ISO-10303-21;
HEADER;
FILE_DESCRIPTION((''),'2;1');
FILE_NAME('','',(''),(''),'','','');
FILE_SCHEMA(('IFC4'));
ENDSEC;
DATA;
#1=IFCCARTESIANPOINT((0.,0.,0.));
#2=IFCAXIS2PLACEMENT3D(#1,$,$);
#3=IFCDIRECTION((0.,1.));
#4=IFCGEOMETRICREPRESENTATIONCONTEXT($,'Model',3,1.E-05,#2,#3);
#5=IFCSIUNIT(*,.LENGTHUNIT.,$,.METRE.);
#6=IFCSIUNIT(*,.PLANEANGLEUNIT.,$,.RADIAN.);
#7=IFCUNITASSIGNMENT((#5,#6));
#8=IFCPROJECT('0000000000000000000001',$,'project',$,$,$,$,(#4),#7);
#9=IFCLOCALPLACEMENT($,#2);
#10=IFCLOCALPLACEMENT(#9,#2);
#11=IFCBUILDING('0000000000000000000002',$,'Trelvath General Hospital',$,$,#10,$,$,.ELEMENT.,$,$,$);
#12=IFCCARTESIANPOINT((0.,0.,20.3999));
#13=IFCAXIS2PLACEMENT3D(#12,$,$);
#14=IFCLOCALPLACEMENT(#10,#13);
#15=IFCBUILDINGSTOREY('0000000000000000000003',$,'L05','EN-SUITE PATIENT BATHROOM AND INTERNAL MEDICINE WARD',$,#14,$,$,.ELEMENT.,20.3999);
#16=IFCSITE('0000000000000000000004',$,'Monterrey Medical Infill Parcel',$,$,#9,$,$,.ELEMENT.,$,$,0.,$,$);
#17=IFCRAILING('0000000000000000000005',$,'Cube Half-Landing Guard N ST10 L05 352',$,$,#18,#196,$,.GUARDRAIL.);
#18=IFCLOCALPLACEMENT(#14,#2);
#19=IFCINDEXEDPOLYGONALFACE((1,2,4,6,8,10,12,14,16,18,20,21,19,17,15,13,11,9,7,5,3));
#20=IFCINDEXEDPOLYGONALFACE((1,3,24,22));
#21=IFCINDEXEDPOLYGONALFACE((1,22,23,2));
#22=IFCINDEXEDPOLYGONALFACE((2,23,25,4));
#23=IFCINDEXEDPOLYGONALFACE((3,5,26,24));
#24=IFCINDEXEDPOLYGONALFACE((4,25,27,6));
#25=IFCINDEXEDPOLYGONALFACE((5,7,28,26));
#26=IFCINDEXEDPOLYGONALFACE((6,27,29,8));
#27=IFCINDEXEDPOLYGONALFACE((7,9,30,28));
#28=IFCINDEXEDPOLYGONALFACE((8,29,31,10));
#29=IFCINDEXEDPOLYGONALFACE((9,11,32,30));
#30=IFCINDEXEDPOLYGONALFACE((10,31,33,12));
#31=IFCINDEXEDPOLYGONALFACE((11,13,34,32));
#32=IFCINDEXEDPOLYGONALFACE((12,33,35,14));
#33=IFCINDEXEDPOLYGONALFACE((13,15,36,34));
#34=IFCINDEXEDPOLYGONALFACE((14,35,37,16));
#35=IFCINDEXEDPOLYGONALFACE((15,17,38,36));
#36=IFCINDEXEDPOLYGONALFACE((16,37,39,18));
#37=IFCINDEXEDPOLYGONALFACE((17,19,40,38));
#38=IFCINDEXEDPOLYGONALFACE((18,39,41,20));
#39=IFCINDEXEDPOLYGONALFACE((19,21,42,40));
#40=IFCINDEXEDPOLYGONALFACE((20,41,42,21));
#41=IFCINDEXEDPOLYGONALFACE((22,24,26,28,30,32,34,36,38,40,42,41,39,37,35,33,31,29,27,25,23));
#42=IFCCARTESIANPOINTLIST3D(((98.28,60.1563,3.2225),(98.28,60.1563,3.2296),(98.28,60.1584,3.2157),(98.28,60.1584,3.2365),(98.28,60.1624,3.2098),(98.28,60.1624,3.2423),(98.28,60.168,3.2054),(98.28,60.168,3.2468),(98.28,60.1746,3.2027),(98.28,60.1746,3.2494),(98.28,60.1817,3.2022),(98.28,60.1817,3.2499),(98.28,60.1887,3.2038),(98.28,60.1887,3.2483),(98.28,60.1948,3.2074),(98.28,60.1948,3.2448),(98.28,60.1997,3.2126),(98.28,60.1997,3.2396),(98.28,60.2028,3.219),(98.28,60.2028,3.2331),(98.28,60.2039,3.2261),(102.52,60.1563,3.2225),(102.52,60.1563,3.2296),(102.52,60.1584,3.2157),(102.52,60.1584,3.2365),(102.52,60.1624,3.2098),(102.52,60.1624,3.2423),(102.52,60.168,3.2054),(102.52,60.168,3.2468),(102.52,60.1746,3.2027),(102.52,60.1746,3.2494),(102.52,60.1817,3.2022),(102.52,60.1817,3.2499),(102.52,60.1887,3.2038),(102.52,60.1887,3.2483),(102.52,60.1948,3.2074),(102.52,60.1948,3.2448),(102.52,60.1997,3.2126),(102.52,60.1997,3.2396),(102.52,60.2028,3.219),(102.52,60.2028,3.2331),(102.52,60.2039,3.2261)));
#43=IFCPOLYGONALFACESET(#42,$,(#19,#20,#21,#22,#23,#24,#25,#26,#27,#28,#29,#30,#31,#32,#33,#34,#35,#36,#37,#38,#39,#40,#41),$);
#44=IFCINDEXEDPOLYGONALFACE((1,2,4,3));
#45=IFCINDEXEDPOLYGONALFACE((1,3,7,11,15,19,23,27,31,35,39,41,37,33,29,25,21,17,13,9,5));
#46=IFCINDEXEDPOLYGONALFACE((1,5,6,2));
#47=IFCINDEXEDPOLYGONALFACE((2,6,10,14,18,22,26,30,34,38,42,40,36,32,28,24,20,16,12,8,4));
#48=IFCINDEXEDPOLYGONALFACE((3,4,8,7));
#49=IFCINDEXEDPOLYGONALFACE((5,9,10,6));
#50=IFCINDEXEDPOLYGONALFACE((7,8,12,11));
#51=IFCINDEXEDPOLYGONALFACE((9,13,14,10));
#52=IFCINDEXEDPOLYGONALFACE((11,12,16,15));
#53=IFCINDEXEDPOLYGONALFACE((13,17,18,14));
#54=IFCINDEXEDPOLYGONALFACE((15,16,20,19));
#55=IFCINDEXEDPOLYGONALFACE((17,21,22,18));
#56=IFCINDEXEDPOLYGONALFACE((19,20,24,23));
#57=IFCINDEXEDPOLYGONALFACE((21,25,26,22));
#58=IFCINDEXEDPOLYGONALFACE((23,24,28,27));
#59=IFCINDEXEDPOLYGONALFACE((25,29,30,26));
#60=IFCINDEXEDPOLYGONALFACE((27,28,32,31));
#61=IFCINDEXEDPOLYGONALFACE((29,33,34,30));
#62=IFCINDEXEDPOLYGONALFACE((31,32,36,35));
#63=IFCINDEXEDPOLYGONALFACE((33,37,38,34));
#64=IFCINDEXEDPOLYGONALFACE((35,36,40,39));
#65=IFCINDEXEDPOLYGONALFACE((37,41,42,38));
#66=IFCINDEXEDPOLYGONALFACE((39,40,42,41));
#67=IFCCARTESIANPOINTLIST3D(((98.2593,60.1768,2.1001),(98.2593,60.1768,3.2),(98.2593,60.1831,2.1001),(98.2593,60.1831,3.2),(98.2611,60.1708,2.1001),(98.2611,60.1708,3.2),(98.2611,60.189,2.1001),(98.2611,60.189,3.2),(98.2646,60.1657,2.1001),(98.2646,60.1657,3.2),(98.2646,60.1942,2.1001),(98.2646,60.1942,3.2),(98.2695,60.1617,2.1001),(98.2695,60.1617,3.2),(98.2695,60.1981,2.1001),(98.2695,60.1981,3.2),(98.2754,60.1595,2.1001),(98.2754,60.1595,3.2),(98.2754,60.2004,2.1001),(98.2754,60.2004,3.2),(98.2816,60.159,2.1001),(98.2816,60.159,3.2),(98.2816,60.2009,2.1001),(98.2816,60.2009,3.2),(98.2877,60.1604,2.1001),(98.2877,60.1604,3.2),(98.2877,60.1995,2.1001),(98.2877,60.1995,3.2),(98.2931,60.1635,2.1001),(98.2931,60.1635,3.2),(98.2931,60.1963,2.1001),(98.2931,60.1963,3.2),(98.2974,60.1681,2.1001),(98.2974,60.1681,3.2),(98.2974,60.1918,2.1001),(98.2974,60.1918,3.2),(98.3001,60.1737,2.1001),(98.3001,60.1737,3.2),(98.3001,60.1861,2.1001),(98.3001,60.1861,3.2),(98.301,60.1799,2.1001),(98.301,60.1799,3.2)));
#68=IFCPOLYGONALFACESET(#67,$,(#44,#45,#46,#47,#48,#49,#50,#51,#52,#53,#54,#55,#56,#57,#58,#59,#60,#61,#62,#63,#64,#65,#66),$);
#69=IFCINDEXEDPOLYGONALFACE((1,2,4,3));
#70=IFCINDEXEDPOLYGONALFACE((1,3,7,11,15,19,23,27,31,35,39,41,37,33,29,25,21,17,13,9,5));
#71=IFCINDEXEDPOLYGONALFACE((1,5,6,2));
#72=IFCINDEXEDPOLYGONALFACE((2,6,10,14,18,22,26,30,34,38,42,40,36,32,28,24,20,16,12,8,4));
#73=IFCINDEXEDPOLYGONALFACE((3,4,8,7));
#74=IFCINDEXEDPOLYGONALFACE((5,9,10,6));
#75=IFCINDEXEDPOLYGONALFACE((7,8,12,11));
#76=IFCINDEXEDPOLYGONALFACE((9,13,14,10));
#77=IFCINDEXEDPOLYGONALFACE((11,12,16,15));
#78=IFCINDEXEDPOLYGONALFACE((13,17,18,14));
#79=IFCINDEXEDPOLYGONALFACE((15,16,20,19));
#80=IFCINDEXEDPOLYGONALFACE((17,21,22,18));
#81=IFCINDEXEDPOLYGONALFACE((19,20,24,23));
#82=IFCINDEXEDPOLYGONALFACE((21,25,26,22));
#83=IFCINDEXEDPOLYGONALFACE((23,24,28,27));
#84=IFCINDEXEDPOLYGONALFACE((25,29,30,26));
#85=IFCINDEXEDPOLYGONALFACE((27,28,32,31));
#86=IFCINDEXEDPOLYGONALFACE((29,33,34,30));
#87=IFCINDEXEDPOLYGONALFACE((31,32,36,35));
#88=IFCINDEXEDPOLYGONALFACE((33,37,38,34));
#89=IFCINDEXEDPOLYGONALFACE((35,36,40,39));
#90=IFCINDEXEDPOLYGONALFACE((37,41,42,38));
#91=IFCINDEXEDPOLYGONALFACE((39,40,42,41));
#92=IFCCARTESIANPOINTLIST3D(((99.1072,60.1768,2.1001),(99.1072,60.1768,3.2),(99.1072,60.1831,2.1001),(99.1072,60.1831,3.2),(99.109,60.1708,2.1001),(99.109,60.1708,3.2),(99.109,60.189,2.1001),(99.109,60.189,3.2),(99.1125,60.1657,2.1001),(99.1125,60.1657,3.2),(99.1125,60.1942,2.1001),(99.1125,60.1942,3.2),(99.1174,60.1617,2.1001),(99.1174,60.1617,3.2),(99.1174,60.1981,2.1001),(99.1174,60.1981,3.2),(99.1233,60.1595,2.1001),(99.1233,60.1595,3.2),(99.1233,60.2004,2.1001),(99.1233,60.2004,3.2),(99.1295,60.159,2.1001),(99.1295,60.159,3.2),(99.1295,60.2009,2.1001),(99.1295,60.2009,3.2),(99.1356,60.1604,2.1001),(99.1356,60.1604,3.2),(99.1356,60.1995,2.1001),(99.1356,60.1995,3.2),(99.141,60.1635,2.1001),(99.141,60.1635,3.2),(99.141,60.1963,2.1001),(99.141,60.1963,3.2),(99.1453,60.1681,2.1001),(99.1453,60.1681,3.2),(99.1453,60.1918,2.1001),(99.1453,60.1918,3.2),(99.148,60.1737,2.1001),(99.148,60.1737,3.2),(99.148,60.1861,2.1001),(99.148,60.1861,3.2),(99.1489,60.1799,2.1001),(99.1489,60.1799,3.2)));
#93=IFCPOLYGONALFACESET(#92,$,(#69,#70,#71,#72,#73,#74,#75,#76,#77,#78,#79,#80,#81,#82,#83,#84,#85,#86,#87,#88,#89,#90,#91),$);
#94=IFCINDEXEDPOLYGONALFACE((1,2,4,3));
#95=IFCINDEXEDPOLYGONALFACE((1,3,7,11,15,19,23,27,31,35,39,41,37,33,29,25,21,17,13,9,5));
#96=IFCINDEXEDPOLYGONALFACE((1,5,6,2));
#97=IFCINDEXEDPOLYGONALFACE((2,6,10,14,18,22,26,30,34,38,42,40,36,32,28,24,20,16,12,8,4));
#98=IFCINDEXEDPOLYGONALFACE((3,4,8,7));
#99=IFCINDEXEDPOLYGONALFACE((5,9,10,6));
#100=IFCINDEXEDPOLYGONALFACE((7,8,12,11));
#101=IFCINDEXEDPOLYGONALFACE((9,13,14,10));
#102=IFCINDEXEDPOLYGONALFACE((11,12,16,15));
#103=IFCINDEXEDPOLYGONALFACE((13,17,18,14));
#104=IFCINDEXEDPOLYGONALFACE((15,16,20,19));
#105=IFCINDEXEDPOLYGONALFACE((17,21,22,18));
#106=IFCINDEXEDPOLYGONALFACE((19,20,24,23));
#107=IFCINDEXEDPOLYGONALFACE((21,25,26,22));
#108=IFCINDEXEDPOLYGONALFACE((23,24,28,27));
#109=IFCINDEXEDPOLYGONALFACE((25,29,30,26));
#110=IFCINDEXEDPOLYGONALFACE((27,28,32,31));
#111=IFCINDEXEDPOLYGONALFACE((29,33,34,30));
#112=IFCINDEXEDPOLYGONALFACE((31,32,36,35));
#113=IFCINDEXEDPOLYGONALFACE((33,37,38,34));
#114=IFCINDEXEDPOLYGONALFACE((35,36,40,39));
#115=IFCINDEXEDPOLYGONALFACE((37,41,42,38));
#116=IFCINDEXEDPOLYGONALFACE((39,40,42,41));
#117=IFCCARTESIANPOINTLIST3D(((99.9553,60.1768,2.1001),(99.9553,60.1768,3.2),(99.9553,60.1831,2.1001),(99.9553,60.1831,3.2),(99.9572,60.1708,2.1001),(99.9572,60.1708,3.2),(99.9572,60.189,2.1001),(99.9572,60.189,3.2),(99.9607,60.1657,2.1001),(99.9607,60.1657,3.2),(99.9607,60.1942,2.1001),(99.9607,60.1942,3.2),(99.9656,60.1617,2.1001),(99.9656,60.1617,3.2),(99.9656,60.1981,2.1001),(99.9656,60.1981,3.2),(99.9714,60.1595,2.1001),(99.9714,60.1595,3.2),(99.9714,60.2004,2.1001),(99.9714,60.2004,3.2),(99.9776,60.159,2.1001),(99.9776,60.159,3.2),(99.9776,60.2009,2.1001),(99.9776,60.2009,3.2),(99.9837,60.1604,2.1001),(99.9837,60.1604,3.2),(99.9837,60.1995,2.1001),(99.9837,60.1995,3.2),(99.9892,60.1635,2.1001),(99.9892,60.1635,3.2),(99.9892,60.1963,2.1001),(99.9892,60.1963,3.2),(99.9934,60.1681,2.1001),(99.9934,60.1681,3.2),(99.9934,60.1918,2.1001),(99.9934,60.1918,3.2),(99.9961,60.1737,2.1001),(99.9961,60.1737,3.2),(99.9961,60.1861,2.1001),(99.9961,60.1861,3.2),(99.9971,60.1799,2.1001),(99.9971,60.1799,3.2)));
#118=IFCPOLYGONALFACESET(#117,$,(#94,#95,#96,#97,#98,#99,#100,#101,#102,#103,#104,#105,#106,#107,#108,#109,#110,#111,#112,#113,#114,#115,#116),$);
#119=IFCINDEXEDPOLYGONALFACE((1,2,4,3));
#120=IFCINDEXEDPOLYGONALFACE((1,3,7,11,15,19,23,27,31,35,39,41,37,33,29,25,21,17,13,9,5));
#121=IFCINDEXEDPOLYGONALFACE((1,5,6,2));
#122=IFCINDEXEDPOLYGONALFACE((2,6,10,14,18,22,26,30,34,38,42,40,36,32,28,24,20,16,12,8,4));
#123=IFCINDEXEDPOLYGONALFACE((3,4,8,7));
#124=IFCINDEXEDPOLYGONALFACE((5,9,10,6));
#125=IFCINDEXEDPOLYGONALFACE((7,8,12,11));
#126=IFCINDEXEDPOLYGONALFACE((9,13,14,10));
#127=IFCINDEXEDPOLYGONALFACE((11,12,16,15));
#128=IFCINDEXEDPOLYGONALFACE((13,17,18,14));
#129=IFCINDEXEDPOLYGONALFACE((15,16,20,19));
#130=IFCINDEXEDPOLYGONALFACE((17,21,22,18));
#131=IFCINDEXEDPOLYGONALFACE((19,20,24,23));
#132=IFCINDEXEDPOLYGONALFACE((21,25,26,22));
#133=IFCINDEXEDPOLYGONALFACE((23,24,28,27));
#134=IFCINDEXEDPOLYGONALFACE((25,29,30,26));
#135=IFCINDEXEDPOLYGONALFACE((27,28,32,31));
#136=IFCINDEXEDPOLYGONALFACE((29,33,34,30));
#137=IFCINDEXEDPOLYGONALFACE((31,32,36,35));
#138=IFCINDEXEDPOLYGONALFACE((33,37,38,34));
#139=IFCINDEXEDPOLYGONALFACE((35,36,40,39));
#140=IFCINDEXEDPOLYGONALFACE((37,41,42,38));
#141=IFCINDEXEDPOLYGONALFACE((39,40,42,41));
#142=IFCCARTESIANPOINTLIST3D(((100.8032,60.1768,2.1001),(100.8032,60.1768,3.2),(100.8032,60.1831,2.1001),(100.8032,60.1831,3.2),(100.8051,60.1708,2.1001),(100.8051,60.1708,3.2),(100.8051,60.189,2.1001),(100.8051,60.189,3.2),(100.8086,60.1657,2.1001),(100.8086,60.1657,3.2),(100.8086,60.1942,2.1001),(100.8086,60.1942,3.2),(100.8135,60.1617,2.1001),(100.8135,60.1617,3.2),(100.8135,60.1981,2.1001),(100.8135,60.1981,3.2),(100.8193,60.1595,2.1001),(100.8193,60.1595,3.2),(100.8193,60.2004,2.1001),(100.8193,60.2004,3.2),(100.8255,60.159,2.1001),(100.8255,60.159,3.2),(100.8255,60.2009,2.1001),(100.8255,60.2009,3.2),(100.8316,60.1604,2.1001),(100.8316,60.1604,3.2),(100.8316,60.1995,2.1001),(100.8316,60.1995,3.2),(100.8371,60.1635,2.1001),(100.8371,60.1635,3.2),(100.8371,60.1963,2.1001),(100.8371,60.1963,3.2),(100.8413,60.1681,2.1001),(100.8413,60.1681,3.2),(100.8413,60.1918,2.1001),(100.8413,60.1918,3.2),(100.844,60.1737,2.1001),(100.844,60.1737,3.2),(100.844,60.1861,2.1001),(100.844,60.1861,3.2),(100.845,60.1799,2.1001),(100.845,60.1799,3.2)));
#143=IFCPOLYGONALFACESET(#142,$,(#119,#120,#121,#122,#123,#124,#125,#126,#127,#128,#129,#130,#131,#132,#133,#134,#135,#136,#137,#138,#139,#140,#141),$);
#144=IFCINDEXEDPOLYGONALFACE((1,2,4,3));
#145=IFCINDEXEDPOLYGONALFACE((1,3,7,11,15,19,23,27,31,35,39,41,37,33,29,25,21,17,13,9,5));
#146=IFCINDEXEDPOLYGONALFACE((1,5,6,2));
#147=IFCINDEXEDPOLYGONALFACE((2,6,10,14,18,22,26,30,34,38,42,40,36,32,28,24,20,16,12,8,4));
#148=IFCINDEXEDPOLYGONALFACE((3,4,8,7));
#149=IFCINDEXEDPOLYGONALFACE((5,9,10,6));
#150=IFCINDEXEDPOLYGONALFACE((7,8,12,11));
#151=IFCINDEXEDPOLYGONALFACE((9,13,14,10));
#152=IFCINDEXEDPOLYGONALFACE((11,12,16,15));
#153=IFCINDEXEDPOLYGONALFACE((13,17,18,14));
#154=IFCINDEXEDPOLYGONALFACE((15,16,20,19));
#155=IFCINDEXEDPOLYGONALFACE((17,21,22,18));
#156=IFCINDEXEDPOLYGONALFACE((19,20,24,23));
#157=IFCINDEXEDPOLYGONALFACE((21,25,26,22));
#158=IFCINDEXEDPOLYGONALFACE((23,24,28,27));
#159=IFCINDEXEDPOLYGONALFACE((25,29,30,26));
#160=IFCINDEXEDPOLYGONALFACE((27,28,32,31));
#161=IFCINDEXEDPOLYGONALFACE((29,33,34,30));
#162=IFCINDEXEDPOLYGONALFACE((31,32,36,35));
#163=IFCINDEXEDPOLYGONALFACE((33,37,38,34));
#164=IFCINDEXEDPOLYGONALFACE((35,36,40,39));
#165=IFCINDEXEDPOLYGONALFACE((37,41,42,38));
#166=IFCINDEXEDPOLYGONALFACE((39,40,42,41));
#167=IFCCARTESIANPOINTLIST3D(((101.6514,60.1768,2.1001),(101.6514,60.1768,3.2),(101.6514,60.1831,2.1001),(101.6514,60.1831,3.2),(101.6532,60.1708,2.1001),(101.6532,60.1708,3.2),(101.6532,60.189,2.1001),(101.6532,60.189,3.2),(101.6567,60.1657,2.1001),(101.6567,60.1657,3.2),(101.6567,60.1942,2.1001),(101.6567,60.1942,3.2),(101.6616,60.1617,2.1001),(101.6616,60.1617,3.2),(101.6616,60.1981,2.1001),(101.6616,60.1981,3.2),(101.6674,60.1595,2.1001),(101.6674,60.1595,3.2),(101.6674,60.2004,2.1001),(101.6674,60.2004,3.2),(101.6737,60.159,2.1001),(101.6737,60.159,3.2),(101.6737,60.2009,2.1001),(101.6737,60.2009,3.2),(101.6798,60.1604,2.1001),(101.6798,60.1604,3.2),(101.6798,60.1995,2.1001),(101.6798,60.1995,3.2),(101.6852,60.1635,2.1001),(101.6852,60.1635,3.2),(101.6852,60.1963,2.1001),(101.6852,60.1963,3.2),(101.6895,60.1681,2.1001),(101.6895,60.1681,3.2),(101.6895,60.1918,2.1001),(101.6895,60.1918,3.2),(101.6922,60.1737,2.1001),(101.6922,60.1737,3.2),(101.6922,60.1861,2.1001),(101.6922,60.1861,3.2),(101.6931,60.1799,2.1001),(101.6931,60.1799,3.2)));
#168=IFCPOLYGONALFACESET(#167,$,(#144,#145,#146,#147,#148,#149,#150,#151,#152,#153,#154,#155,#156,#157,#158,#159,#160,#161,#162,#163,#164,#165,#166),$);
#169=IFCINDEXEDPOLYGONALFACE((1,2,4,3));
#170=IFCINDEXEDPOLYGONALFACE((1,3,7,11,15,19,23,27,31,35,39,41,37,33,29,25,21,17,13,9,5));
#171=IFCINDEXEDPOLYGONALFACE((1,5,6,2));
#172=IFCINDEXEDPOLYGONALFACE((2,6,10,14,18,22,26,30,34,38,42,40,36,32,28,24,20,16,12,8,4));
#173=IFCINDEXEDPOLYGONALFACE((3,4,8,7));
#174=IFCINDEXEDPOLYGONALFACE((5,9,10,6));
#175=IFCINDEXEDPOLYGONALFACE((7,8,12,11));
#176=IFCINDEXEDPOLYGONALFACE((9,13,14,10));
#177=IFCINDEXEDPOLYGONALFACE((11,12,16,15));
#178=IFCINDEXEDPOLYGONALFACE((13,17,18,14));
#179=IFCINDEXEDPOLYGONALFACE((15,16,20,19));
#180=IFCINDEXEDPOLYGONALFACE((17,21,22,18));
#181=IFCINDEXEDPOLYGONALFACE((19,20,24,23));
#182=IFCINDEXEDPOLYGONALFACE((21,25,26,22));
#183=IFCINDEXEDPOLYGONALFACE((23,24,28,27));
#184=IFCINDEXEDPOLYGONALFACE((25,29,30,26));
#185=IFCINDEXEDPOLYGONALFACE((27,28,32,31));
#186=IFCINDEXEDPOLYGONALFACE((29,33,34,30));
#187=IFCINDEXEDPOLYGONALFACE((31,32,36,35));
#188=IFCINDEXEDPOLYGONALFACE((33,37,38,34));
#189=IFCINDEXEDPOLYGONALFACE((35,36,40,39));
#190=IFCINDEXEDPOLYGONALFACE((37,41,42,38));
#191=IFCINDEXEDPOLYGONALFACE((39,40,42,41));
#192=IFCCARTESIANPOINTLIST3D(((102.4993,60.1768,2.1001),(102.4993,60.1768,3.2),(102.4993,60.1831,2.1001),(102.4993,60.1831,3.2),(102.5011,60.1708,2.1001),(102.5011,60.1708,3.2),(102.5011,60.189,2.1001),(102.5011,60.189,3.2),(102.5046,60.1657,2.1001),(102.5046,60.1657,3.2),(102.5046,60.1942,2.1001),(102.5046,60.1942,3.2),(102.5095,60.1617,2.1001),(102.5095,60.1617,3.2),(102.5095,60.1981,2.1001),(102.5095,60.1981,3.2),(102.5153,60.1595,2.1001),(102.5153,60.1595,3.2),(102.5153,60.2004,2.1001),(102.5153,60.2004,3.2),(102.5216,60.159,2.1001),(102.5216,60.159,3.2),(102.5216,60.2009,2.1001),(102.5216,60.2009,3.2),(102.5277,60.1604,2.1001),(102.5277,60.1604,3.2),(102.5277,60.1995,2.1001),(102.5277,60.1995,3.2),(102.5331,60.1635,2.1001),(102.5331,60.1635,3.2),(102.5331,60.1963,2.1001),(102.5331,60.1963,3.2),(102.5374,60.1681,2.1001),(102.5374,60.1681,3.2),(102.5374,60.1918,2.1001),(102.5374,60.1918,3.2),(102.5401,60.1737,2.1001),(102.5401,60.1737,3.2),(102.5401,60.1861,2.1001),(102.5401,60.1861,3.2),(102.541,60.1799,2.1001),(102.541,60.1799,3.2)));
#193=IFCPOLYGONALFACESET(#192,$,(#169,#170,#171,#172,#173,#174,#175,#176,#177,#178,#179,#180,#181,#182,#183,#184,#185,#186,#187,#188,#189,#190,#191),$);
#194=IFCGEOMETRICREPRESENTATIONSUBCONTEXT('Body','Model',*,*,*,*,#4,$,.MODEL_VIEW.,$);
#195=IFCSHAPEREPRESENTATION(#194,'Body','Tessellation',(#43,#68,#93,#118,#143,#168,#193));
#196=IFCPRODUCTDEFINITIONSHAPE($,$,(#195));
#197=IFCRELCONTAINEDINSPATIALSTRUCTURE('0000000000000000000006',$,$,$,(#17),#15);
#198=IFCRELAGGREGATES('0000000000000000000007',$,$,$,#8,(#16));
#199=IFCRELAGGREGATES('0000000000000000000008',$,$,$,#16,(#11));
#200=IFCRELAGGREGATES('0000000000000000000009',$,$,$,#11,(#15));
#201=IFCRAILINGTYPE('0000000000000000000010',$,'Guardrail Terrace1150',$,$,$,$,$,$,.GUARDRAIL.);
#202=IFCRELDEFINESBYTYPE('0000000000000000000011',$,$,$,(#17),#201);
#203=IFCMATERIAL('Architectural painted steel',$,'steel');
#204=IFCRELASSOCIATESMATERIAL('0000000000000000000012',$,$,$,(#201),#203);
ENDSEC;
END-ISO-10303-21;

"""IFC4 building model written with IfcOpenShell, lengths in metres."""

from ifc_helpers import new_model, si_unit, direction, frame, origin, origin_2d, place, context, subcontext, project, spatial, circle, extrude, material, type_object, element, save


model = new_model("IFC4")

# Units and contexts
model_context = context("Model", 3, precision=1e-05, world=origin(), true_north=direction((0.0, 1.0)))
body_context = subcontext(model_context, "Body", "Model", "MODEL_VIEW")
ifc_project = project(units=[si_unit("LENGTHUNIT", "METRE"), si_unit("PLANEANGLEUNIT", "RADIAN")], contexts=[model_context])

# Site, building, storey
site_placement = place(None, origin())
site = spatial("IfcSite", under=ifc_project, at=site_placement, Name="Monterrey Medical Infill Parcel", CompositionType="ELEMENT", RefElevation=0.0)
building_placement = place(site_placement, origin())
building = spatial("IfcBuilding", under=site, at=building_placement, Name="Trelvath General Hospital", CompositionType="ELEMENT")
storey_placement = place(building_placement, frame((0.0, 0.0, 20.3999)))
storey = spatial("IfcBuildingStorey", under=building, at=storey_placement, Name="L05", Description="EN-SUITE PATIENT BATHROOM AND INTERNAL MEDICINE WARD", CompositionType="ELEMENT", Elevation=20.3999)

# Railing
ifc_material_1 = material(Name="Architectural painted steel", Category="steel")
railing_type = type_object("IfcRailingType", Name="Guardrail Terrace1150", PredefinedType="GUARDRAIL", material=ifc_material_1)
railing_1_placement = place(storey_placement, frame((98.28, 60.1799, 2.1001)))
element("IfcRailing", 1, at=railing_1_placement, inside=storey, type_object=railing_type, Name="Cube Half-Landing Guard N ST10 L05 352", PredefinedType="GUARDRAIL", context=body_context, shape_type="SweptSolid", body=[
    extrude(circle(Radius=0.0239, at=origin_2d()), frame((0.0, 0.0, 1.126), z_axis=(1.0, 0.0, 0.0), x_axis=(0.0, 1.0, 0.0)), (0.0, 0.0, 1.0), 4.24),
    extrude(circle(Radius=0.021, at=origin_2d()), origin(), (0.0, 0.0, 1.0), 1.0999),
    extrude(circle(Radius=0.021, at=origin_2d()), frame((0.8479, 0.0, 0.0)), (0.0, 0.0, 1.0), 1.0999),
    extrude(circle(Radius=0.021, at=origin_2d()), frame((1.696, 0.0, 0.0)), (0.0, 0.0, 1.0), 1.0999),
    extrude(circle(Radius=0.021, at=origin_2d()), frame((2.5439, 0.0, 0.0)), (0.0, 0.0, 1.0), 1.0999),
    extrude(circle(Radius=0.021, at=origin_2d()), frame((3.3921, 0.0, 0.0)), (0.0, 0.0, 1.0), 1.0999),
    extrude(circle(Radius=0.021, at=origin_2d()), frame((4.24, 0.0, 0.0)), (0.0, 0.0, 1.0), 1.0999),
])

save(model, "model.ifc")
